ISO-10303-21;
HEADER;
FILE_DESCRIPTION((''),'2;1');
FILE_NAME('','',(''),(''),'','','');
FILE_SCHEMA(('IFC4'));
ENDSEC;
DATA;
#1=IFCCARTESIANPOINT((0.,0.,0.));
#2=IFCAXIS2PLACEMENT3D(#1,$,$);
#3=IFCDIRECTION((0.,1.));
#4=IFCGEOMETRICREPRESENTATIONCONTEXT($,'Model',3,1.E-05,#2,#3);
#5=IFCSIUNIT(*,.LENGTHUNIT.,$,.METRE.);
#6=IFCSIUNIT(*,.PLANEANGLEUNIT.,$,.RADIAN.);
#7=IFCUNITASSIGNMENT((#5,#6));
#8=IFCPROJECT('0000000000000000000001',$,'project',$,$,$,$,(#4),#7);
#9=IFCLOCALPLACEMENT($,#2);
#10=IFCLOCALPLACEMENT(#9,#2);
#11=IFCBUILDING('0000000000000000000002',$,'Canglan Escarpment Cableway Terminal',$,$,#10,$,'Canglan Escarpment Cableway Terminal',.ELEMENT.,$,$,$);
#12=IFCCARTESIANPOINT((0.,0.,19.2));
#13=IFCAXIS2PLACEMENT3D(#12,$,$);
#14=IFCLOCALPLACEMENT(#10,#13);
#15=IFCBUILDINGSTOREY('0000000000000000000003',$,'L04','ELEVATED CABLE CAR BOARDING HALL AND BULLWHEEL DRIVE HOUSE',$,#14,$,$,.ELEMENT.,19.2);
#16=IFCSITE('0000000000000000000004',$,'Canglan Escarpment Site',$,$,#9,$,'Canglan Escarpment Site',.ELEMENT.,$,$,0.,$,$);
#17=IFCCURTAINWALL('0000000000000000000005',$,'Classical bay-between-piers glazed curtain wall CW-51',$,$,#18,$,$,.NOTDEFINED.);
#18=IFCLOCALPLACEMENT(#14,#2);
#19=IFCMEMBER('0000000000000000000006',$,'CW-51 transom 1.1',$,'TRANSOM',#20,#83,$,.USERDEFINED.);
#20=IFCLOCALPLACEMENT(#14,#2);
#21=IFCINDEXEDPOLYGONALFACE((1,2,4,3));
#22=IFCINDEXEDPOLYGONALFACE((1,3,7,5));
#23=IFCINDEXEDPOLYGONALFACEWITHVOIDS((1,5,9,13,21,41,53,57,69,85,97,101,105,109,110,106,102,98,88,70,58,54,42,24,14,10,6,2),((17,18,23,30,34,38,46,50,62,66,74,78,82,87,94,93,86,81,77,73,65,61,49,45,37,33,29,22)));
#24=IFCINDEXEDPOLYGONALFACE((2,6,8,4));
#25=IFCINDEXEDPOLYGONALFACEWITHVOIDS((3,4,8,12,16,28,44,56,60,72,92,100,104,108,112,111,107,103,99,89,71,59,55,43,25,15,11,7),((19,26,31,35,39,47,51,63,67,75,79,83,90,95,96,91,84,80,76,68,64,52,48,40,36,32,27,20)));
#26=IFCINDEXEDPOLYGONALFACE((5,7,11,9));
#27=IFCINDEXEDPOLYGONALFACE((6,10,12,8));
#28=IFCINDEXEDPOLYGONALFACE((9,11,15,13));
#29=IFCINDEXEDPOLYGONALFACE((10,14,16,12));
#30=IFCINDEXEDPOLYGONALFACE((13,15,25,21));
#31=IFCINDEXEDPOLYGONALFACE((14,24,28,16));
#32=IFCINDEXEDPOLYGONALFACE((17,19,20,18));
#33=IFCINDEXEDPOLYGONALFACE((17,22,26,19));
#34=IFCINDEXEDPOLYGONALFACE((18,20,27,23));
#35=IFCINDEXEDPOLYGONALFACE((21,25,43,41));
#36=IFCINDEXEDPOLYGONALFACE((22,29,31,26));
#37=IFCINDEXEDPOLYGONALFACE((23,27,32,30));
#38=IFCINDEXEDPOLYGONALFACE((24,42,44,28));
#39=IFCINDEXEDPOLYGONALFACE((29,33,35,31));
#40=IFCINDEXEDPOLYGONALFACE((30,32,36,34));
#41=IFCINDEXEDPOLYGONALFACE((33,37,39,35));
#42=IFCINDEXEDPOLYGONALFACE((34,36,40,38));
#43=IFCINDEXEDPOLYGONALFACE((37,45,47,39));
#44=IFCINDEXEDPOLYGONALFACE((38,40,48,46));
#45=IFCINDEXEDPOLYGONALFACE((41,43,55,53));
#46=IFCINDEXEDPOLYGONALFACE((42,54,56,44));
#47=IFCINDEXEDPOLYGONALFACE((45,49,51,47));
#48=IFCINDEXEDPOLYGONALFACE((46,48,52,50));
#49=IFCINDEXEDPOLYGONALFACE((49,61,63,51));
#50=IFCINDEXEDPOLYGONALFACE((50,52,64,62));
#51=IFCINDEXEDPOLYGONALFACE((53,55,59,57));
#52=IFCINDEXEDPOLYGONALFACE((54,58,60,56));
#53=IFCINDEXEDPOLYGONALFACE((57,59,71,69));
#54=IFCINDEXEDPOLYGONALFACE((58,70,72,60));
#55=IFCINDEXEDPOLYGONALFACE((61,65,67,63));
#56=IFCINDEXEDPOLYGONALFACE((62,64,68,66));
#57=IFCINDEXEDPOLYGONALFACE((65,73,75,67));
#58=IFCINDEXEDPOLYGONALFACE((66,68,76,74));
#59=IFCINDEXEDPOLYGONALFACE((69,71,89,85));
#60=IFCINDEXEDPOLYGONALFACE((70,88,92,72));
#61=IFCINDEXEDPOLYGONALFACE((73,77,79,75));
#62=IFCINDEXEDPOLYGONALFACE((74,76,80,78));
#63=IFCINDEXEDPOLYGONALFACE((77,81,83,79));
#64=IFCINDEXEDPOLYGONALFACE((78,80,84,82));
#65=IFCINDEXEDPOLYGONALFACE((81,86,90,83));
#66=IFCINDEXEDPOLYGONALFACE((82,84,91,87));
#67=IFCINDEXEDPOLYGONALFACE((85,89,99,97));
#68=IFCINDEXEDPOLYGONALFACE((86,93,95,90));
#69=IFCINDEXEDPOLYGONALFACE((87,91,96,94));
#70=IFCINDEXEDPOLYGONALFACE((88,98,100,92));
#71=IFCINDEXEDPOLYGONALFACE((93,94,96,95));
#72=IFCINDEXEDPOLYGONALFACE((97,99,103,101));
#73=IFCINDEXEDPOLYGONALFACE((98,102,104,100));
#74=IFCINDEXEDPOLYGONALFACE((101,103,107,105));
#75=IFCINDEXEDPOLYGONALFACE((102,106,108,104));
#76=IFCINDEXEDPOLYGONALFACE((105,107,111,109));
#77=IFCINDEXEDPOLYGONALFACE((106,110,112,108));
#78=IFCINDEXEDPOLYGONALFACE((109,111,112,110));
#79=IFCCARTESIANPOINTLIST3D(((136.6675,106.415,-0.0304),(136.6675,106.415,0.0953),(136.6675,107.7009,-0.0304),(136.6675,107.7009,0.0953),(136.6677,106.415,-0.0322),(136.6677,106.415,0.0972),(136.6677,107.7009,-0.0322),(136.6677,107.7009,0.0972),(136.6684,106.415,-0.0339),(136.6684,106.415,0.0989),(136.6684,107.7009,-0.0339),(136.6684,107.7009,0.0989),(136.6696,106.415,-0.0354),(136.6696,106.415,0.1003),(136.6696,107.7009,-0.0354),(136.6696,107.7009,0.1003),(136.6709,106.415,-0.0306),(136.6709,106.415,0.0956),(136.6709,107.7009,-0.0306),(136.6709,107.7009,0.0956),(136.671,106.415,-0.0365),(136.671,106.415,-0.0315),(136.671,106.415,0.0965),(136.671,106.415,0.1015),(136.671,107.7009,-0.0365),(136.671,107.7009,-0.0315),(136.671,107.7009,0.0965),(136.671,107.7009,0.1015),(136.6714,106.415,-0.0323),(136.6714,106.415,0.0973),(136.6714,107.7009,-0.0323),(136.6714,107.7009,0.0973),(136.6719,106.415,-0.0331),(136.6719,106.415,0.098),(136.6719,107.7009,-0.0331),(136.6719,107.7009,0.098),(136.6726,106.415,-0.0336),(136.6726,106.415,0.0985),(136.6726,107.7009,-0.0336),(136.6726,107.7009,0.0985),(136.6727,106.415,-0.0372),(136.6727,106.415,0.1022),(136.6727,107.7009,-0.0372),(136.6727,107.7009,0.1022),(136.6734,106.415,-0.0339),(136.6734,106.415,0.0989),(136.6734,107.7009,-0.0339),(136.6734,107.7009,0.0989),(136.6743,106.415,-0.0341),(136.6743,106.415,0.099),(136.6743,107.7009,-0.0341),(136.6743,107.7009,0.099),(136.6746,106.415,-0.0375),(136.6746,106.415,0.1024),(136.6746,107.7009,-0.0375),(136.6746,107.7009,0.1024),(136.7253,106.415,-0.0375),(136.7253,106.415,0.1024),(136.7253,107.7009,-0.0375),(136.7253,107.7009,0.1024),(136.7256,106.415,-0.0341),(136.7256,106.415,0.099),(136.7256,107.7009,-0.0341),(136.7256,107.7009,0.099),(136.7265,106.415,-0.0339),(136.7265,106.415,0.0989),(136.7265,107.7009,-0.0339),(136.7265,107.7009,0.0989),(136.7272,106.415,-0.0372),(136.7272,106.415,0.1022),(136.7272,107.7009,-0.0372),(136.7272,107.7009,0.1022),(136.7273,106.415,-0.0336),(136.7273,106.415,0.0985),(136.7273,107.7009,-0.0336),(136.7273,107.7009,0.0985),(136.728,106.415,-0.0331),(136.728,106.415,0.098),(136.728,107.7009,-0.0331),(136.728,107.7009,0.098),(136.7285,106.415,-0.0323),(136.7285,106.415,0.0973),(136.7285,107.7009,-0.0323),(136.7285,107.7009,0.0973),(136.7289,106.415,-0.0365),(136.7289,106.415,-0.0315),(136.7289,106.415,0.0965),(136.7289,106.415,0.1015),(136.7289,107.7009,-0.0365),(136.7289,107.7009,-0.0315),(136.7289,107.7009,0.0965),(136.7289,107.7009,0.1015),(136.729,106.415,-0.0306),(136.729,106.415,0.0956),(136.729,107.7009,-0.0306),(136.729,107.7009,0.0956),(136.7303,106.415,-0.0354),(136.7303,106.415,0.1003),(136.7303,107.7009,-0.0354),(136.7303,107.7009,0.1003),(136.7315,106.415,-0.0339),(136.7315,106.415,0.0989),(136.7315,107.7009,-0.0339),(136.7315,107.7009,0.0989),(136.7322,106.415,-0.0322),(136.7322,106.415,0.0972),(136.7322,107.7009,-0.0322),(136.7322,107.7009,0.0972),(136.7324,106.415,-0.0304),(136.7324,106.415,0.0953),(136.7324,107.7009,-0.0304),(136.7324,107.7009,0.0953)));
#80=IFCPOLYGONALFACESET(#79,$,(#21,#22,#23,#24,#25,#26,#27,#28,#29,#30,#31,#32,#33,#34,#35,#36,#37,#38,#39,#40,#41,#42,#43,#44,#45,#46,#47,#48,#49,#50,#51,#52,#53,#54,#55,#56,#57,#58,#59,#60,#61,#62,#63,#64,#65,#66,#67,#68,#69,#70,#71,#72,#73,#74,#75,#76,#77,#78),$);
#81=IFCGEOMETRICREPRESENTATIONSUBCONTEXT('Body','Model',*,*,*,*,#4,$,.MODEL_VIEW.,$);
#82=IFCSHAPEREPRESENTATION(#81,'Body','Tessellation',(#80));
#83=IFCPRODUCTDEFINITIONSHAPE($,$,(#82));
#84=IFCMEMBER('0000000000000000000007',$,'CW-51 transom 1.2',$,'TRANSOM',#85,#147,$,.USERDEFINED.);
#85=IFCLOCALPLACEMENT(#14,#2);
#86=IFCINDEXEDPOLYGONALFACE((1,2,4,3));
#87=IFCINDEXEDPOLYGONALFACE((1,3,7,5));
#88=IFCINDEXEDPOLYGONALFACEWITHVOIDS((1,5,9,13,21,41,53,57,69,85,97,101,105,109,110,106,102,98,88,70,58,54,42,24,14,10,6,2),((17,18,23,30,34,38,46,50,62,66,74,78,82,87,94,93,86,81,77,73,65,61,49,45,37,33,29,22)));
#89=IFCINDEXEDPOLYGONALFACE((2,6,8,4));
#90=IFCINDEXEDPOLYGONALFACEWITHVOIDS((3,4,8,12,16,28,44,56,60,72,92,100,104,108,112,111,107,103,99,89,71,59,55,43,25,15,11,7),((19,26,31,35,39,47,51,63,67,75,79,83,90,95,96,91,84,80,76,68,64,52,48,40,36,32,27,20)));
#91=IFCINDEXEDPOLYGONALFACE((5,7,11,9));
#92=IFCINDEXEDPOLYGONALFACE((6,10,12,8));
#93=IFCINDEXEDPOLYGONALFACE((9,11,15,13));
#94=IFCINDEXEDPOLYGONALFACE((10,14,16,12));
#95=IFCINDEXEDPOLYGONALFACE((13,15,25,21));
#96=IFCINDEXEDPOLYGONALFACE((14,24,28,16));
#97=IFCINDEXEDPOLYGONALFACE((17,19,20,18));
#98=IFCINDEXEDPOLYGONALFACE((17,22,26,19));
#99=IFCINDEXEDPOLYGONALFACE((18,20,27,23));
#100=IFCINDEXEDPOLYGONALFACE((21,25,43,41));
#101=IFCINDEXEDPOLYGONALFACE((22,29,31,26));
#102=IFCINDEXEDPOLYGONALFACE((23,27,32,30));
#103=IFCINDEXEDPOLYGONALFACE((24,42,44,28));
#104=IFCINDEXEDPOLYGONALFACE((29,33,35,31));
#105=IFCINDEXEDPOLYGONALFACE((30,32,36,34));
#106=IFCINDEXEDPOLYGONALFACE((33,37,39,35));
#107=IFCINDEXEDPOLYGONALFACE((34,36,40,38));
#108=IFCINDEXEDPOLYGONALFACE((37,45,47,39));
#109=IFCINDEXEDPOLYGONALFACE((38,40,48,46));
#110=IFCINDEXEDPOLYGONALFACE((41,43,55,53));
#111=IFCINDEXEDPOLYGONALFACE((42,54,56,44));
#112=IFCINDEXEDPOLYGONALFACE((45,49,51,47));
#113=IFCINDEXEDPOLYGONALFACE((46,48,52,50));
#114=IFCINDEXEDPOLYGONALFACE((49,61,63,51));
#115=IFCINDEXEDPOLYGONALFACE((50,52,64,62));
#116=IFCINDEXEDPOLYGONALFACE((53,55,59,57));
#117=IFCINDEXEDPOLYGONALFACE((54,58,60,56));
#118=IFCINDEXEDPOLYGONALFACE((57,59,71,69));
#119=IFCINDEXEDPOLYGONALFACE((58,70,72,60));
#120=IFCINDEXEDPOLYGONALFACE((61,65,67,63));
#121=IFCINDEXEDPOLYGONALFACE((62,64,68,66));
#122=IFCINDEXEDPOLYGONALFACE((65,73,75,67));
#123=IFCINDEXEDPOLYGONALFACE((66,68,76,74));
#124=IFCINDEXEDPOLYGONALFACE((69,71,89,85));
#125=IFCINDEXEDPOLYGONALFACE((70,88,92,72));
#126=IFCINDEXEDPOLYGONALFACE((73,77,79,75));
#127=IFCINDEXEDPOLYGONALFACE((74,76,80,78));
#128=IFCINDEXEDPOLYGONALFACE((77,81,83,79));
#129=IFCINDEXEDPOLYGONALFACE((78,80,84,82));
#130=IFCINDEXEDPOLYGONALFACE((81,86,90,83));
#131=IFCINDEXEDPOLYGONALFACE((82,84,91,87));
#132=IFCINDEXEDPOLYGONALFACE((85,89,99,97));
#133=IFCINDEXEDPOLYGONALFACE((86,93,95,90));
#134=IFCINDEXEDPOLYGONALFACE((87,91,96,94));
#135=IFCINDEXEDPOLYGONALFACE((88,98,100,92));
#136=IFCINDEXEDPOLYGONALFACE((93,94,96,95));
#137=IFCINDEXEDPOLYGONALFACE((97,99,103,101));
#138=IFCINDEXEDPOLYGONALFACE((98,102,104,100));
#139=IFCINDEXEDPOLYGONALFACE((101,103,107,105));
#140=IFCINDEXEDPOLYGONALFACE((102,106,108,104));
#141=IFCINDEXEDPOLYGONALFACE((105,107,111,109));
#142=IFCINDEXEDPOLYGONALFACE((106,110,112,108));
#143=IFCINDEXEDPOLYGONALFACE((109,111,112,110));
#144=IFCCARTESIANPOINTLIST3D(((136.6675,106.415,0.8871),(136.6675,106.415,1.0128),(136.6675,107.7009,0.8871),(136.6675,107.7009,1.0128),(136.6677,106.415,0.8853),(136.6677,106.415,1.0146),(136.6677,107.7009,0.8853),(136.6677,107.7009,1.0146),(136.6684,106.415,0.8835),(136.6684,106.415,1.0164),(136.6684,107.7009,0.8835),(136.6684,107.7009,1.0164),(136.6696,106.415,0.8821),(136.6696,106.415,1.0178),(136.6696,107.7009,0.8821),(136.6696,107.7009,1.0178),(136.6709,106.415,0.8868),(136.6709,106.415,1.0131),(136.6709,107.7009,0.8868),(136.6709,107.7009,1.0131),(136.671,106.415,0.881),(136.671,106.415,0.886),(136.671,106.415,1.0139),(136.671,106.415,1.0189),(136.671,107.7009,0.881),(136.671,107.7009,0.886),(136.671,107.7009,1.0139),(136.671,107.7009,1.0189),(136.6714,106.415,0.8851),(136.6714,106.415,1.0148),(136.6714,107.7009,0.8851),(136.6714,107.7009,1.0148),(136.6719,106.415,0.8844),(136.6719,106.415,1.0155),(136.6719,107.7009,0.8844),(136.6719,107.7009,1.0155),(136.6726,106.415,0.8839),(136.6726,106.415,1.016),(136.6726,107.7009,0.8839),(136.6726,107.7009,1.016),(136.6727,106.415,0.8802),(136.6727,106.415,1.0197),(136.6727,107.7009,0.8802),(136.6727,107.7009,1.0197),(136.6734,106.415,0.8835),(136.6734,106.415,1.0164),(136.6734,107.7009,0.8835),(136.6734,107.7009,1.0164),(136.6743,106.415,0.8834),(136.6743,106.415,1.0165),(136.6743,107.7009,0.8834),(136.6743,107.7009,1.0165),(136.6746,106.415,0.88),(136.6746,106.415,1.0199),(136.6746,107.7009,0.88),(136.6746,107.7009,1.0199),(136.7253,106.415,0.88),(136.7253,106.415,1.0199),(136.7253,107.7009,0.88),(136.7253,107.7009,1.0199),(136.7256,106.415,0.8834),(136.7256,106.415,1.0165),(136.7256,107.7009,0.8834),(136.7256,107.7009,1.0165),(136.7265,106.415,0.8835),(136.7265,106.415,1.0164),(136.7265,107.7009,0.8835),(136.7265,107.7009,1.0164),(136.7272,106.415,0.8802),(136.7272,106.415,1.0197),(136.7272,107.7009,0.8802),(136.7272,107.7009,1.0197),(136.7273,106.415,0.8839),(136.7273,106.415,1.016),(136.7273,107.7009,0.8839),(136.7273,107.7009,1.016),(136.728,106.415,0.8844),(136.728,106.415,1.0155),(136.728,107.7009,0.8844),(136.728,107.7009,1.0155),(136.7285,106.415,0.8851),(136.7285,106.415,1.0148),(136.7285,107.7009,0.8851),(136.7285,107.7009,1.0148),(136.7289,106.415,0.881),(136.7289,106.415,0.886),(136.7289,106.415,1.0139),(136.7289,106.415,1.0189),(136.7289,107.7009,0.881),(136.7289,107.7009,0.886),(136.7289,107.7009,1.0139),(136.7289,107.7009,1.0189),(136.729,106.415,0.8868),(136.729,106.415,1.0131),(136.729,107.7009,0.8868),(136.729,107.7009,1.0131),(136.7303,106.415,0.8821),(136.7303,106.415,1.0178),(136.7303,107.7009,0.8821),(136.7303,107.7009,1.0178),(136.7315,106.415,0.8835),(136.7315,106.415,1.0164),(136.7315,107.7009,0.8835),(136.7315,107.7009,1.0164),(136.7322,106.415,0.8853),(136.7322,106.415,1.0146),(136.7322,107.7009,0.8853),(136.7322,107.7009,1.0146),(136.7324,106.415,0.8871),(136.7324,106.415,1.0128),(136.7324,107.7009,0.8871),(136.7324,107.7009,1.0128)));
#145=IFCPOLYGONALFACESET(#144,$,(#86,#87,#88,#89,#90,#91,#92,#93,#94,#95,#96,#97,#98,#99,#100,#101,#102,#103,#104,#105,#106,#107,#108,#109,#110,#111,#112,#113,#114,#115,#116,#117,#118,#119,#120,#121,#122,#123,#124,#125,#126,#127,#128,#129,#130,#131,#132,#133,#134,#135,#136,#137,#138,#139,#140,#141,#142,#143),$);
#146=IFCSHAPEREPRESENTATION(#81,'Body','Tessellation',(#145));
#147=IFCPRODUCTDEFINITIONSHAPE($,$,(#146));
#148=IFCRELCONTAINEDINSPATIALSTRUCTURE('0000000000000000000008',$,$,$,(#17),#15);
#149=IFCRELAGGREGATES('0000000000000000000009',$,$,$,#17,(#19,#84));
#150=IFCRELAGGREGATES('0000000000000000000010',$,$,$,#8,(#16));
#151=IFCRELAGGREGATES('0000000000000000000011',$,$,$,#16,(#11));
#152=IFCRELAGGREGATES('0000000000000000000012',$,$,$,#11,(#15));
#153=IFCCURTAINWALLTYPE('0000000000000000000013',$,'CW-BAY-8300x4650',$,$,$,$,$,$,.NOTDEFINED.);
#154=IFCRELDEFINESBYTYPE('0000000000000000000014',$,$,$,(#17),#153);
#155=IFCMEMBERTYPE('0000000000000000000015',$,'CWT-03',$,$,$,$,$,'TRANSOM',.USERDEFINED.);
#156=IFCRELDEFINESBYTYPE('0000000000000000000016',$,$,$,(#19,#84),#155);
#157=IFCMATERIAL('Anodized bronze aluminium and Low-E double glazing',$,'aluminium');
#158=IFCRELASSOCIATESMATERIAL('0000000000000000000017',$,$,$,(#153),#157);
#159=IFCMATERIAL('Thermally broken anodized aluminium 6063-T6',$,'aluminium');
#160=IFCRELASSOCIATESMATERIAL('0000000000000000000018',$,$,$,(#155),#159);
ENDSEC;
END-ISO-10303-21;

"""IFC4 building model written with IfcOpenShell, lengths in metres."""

from ifc_helpers import new_model, si_unit, direction, frame, origin, origin_2d, place, context, subcontext, project, spatial, hollow_rectangle, extrude, material, material_profile, profile_set, type_object, element, aggregate, save


model = new_model("IFC4")

# Units and contexts
model_context = context("Model", 3, precision=1e-05, world=origin(), true_north=direction((0.0, 1.0)))
body_context = subcontext(model_context, "Body", "Model", "MODEL_VIEW")
ifc_project = project(units=[si_unit("LENGTHUNIT", "METRE"), si_unit("PLANEANGLEUNIT", "RADIAN")], contexts=[model_context])

# Site, building, storey
site_placement = place(None, origin())
site = spatial("IfcSite", under=ifc_project, at=site_placement, Name="Canglan Escarpment Site", LongName="Canglan Escarpment Site", CompositionType="ELEMENT", RefElevation=0.0)
building_placement = place(site_placement, origin())
building = spatial("IfcBuilding", under=site, at=building_placement, Name="Canglan Escarpment Cableway Terminal", LongName="Canglan Escarpment Cableway Terminal", CompositionType="ELEMENT")
storey_placement = place(building_placement, frame((0.0, 0.0, 19.2)))
storey = spatial("IfcBuildingStorey", under=building, at=storey_placement, Name="L04", Description="ELEVATED CABLE CAR BOARDING HALL AND BULLWHEEL DRIVE HOUSE", CompositionType="ELEMENT", Elevation=19.2)

# Curtain wall, members
ifc_material_1 = material(Name="Anodized bronze aluminium and Low-E double glazing", Category="aluminium")
curtain_wall_type = type_object("IfcCurtainWallType", Name="CW-BAY-8300x4650", PredefinedType="NOTDEFINED", material=ifc_material_1)
curtain_wall_placement = place(storey_placement, origin())
curtain_wall = element("IfcCurtainWall", 1, at=curtain_wall_placement, inside=storey, type_object=curtain_wall_type, Name="Classical bay-between-piers glazed curtain wall CW-51", PredefinedType="NOTDEFINED")
ifc_material_2 = material(Name="Thermally broken anodized aluminium 6063-T6", Category="aluminium")
ifc_material_profile_1 = material_profile(ifc_material_2, hollow_rectangle(XDim=0.0649, YDim=0.1399, WallThickness=0.0034, InnerFilletRadius=0.0034, OuterFilletRadius=0.0071, at=origin_2d()), Name="ALU-TRAN 65x140x3.5")
ifc_profile_set_1 = profile_set([ifc_material_profile_1], Name="Thermally broken anodized aluminium 6063-T6")
member_type_1 = type_object("IfcMemberType", Name="CWT-03", ElementType="TRANSOM", PredefinedType="USERDEFINED", material=ifc_profile_set_1)
member_1_placement = place(storey_placement, frame((136.7, 106.415, 0.0325), z_axis=(0.0, 1.0, 0.0), x_axis=(-1.0, 0.0, 0.0)))
member_1 = element("IfcMember", 2, at=member_1_placement, type_object=member_type_1, Name="CW-51 transom 1.1", ObjectType="TRANSOM", PredefinedType="USERDEFINED", context=body_context, shape_type="SweptSolid", body=[
    extrude(hollow_rectangle(XDim=0.0649, YDim=0.1399, WallThickness=0.0034, InnerFilletRadius=0.0034, OuterFilletRadius=0.0071, at=origin_2d()), origin(), (0.0, 0.0, 1.0), 1.2859),
])
member_2_placement = place(storey_placement, frame((136.7, 106.415, 0.95), z_axis=(0.0, 1.0, 0.0), x_axis=(-1.0, 0.0, 0.0)))
member_2 = element("IfcMember", 3, at=member_2_placement, type_object=member_type_1, Name="CW-51 transom 1.2", ObjectType="TRANSOM", PredefinedType="USERDEFINED", context=body_context, shape_type="SweptSolid", body=[
    extrude(hollow_rectangle(XDim=0.0649, YDim=0.1399, WallThickness=0.0034, InnerFilletRadius=0.0034, OuterFilletRadius=0.0071, at=origin_2d()), origin(), (0.0, 0.0, 1.0), 1.2859),
])
aggregate(curtain_wall, [member_1, member_2])

save(model, "model.ifc")
